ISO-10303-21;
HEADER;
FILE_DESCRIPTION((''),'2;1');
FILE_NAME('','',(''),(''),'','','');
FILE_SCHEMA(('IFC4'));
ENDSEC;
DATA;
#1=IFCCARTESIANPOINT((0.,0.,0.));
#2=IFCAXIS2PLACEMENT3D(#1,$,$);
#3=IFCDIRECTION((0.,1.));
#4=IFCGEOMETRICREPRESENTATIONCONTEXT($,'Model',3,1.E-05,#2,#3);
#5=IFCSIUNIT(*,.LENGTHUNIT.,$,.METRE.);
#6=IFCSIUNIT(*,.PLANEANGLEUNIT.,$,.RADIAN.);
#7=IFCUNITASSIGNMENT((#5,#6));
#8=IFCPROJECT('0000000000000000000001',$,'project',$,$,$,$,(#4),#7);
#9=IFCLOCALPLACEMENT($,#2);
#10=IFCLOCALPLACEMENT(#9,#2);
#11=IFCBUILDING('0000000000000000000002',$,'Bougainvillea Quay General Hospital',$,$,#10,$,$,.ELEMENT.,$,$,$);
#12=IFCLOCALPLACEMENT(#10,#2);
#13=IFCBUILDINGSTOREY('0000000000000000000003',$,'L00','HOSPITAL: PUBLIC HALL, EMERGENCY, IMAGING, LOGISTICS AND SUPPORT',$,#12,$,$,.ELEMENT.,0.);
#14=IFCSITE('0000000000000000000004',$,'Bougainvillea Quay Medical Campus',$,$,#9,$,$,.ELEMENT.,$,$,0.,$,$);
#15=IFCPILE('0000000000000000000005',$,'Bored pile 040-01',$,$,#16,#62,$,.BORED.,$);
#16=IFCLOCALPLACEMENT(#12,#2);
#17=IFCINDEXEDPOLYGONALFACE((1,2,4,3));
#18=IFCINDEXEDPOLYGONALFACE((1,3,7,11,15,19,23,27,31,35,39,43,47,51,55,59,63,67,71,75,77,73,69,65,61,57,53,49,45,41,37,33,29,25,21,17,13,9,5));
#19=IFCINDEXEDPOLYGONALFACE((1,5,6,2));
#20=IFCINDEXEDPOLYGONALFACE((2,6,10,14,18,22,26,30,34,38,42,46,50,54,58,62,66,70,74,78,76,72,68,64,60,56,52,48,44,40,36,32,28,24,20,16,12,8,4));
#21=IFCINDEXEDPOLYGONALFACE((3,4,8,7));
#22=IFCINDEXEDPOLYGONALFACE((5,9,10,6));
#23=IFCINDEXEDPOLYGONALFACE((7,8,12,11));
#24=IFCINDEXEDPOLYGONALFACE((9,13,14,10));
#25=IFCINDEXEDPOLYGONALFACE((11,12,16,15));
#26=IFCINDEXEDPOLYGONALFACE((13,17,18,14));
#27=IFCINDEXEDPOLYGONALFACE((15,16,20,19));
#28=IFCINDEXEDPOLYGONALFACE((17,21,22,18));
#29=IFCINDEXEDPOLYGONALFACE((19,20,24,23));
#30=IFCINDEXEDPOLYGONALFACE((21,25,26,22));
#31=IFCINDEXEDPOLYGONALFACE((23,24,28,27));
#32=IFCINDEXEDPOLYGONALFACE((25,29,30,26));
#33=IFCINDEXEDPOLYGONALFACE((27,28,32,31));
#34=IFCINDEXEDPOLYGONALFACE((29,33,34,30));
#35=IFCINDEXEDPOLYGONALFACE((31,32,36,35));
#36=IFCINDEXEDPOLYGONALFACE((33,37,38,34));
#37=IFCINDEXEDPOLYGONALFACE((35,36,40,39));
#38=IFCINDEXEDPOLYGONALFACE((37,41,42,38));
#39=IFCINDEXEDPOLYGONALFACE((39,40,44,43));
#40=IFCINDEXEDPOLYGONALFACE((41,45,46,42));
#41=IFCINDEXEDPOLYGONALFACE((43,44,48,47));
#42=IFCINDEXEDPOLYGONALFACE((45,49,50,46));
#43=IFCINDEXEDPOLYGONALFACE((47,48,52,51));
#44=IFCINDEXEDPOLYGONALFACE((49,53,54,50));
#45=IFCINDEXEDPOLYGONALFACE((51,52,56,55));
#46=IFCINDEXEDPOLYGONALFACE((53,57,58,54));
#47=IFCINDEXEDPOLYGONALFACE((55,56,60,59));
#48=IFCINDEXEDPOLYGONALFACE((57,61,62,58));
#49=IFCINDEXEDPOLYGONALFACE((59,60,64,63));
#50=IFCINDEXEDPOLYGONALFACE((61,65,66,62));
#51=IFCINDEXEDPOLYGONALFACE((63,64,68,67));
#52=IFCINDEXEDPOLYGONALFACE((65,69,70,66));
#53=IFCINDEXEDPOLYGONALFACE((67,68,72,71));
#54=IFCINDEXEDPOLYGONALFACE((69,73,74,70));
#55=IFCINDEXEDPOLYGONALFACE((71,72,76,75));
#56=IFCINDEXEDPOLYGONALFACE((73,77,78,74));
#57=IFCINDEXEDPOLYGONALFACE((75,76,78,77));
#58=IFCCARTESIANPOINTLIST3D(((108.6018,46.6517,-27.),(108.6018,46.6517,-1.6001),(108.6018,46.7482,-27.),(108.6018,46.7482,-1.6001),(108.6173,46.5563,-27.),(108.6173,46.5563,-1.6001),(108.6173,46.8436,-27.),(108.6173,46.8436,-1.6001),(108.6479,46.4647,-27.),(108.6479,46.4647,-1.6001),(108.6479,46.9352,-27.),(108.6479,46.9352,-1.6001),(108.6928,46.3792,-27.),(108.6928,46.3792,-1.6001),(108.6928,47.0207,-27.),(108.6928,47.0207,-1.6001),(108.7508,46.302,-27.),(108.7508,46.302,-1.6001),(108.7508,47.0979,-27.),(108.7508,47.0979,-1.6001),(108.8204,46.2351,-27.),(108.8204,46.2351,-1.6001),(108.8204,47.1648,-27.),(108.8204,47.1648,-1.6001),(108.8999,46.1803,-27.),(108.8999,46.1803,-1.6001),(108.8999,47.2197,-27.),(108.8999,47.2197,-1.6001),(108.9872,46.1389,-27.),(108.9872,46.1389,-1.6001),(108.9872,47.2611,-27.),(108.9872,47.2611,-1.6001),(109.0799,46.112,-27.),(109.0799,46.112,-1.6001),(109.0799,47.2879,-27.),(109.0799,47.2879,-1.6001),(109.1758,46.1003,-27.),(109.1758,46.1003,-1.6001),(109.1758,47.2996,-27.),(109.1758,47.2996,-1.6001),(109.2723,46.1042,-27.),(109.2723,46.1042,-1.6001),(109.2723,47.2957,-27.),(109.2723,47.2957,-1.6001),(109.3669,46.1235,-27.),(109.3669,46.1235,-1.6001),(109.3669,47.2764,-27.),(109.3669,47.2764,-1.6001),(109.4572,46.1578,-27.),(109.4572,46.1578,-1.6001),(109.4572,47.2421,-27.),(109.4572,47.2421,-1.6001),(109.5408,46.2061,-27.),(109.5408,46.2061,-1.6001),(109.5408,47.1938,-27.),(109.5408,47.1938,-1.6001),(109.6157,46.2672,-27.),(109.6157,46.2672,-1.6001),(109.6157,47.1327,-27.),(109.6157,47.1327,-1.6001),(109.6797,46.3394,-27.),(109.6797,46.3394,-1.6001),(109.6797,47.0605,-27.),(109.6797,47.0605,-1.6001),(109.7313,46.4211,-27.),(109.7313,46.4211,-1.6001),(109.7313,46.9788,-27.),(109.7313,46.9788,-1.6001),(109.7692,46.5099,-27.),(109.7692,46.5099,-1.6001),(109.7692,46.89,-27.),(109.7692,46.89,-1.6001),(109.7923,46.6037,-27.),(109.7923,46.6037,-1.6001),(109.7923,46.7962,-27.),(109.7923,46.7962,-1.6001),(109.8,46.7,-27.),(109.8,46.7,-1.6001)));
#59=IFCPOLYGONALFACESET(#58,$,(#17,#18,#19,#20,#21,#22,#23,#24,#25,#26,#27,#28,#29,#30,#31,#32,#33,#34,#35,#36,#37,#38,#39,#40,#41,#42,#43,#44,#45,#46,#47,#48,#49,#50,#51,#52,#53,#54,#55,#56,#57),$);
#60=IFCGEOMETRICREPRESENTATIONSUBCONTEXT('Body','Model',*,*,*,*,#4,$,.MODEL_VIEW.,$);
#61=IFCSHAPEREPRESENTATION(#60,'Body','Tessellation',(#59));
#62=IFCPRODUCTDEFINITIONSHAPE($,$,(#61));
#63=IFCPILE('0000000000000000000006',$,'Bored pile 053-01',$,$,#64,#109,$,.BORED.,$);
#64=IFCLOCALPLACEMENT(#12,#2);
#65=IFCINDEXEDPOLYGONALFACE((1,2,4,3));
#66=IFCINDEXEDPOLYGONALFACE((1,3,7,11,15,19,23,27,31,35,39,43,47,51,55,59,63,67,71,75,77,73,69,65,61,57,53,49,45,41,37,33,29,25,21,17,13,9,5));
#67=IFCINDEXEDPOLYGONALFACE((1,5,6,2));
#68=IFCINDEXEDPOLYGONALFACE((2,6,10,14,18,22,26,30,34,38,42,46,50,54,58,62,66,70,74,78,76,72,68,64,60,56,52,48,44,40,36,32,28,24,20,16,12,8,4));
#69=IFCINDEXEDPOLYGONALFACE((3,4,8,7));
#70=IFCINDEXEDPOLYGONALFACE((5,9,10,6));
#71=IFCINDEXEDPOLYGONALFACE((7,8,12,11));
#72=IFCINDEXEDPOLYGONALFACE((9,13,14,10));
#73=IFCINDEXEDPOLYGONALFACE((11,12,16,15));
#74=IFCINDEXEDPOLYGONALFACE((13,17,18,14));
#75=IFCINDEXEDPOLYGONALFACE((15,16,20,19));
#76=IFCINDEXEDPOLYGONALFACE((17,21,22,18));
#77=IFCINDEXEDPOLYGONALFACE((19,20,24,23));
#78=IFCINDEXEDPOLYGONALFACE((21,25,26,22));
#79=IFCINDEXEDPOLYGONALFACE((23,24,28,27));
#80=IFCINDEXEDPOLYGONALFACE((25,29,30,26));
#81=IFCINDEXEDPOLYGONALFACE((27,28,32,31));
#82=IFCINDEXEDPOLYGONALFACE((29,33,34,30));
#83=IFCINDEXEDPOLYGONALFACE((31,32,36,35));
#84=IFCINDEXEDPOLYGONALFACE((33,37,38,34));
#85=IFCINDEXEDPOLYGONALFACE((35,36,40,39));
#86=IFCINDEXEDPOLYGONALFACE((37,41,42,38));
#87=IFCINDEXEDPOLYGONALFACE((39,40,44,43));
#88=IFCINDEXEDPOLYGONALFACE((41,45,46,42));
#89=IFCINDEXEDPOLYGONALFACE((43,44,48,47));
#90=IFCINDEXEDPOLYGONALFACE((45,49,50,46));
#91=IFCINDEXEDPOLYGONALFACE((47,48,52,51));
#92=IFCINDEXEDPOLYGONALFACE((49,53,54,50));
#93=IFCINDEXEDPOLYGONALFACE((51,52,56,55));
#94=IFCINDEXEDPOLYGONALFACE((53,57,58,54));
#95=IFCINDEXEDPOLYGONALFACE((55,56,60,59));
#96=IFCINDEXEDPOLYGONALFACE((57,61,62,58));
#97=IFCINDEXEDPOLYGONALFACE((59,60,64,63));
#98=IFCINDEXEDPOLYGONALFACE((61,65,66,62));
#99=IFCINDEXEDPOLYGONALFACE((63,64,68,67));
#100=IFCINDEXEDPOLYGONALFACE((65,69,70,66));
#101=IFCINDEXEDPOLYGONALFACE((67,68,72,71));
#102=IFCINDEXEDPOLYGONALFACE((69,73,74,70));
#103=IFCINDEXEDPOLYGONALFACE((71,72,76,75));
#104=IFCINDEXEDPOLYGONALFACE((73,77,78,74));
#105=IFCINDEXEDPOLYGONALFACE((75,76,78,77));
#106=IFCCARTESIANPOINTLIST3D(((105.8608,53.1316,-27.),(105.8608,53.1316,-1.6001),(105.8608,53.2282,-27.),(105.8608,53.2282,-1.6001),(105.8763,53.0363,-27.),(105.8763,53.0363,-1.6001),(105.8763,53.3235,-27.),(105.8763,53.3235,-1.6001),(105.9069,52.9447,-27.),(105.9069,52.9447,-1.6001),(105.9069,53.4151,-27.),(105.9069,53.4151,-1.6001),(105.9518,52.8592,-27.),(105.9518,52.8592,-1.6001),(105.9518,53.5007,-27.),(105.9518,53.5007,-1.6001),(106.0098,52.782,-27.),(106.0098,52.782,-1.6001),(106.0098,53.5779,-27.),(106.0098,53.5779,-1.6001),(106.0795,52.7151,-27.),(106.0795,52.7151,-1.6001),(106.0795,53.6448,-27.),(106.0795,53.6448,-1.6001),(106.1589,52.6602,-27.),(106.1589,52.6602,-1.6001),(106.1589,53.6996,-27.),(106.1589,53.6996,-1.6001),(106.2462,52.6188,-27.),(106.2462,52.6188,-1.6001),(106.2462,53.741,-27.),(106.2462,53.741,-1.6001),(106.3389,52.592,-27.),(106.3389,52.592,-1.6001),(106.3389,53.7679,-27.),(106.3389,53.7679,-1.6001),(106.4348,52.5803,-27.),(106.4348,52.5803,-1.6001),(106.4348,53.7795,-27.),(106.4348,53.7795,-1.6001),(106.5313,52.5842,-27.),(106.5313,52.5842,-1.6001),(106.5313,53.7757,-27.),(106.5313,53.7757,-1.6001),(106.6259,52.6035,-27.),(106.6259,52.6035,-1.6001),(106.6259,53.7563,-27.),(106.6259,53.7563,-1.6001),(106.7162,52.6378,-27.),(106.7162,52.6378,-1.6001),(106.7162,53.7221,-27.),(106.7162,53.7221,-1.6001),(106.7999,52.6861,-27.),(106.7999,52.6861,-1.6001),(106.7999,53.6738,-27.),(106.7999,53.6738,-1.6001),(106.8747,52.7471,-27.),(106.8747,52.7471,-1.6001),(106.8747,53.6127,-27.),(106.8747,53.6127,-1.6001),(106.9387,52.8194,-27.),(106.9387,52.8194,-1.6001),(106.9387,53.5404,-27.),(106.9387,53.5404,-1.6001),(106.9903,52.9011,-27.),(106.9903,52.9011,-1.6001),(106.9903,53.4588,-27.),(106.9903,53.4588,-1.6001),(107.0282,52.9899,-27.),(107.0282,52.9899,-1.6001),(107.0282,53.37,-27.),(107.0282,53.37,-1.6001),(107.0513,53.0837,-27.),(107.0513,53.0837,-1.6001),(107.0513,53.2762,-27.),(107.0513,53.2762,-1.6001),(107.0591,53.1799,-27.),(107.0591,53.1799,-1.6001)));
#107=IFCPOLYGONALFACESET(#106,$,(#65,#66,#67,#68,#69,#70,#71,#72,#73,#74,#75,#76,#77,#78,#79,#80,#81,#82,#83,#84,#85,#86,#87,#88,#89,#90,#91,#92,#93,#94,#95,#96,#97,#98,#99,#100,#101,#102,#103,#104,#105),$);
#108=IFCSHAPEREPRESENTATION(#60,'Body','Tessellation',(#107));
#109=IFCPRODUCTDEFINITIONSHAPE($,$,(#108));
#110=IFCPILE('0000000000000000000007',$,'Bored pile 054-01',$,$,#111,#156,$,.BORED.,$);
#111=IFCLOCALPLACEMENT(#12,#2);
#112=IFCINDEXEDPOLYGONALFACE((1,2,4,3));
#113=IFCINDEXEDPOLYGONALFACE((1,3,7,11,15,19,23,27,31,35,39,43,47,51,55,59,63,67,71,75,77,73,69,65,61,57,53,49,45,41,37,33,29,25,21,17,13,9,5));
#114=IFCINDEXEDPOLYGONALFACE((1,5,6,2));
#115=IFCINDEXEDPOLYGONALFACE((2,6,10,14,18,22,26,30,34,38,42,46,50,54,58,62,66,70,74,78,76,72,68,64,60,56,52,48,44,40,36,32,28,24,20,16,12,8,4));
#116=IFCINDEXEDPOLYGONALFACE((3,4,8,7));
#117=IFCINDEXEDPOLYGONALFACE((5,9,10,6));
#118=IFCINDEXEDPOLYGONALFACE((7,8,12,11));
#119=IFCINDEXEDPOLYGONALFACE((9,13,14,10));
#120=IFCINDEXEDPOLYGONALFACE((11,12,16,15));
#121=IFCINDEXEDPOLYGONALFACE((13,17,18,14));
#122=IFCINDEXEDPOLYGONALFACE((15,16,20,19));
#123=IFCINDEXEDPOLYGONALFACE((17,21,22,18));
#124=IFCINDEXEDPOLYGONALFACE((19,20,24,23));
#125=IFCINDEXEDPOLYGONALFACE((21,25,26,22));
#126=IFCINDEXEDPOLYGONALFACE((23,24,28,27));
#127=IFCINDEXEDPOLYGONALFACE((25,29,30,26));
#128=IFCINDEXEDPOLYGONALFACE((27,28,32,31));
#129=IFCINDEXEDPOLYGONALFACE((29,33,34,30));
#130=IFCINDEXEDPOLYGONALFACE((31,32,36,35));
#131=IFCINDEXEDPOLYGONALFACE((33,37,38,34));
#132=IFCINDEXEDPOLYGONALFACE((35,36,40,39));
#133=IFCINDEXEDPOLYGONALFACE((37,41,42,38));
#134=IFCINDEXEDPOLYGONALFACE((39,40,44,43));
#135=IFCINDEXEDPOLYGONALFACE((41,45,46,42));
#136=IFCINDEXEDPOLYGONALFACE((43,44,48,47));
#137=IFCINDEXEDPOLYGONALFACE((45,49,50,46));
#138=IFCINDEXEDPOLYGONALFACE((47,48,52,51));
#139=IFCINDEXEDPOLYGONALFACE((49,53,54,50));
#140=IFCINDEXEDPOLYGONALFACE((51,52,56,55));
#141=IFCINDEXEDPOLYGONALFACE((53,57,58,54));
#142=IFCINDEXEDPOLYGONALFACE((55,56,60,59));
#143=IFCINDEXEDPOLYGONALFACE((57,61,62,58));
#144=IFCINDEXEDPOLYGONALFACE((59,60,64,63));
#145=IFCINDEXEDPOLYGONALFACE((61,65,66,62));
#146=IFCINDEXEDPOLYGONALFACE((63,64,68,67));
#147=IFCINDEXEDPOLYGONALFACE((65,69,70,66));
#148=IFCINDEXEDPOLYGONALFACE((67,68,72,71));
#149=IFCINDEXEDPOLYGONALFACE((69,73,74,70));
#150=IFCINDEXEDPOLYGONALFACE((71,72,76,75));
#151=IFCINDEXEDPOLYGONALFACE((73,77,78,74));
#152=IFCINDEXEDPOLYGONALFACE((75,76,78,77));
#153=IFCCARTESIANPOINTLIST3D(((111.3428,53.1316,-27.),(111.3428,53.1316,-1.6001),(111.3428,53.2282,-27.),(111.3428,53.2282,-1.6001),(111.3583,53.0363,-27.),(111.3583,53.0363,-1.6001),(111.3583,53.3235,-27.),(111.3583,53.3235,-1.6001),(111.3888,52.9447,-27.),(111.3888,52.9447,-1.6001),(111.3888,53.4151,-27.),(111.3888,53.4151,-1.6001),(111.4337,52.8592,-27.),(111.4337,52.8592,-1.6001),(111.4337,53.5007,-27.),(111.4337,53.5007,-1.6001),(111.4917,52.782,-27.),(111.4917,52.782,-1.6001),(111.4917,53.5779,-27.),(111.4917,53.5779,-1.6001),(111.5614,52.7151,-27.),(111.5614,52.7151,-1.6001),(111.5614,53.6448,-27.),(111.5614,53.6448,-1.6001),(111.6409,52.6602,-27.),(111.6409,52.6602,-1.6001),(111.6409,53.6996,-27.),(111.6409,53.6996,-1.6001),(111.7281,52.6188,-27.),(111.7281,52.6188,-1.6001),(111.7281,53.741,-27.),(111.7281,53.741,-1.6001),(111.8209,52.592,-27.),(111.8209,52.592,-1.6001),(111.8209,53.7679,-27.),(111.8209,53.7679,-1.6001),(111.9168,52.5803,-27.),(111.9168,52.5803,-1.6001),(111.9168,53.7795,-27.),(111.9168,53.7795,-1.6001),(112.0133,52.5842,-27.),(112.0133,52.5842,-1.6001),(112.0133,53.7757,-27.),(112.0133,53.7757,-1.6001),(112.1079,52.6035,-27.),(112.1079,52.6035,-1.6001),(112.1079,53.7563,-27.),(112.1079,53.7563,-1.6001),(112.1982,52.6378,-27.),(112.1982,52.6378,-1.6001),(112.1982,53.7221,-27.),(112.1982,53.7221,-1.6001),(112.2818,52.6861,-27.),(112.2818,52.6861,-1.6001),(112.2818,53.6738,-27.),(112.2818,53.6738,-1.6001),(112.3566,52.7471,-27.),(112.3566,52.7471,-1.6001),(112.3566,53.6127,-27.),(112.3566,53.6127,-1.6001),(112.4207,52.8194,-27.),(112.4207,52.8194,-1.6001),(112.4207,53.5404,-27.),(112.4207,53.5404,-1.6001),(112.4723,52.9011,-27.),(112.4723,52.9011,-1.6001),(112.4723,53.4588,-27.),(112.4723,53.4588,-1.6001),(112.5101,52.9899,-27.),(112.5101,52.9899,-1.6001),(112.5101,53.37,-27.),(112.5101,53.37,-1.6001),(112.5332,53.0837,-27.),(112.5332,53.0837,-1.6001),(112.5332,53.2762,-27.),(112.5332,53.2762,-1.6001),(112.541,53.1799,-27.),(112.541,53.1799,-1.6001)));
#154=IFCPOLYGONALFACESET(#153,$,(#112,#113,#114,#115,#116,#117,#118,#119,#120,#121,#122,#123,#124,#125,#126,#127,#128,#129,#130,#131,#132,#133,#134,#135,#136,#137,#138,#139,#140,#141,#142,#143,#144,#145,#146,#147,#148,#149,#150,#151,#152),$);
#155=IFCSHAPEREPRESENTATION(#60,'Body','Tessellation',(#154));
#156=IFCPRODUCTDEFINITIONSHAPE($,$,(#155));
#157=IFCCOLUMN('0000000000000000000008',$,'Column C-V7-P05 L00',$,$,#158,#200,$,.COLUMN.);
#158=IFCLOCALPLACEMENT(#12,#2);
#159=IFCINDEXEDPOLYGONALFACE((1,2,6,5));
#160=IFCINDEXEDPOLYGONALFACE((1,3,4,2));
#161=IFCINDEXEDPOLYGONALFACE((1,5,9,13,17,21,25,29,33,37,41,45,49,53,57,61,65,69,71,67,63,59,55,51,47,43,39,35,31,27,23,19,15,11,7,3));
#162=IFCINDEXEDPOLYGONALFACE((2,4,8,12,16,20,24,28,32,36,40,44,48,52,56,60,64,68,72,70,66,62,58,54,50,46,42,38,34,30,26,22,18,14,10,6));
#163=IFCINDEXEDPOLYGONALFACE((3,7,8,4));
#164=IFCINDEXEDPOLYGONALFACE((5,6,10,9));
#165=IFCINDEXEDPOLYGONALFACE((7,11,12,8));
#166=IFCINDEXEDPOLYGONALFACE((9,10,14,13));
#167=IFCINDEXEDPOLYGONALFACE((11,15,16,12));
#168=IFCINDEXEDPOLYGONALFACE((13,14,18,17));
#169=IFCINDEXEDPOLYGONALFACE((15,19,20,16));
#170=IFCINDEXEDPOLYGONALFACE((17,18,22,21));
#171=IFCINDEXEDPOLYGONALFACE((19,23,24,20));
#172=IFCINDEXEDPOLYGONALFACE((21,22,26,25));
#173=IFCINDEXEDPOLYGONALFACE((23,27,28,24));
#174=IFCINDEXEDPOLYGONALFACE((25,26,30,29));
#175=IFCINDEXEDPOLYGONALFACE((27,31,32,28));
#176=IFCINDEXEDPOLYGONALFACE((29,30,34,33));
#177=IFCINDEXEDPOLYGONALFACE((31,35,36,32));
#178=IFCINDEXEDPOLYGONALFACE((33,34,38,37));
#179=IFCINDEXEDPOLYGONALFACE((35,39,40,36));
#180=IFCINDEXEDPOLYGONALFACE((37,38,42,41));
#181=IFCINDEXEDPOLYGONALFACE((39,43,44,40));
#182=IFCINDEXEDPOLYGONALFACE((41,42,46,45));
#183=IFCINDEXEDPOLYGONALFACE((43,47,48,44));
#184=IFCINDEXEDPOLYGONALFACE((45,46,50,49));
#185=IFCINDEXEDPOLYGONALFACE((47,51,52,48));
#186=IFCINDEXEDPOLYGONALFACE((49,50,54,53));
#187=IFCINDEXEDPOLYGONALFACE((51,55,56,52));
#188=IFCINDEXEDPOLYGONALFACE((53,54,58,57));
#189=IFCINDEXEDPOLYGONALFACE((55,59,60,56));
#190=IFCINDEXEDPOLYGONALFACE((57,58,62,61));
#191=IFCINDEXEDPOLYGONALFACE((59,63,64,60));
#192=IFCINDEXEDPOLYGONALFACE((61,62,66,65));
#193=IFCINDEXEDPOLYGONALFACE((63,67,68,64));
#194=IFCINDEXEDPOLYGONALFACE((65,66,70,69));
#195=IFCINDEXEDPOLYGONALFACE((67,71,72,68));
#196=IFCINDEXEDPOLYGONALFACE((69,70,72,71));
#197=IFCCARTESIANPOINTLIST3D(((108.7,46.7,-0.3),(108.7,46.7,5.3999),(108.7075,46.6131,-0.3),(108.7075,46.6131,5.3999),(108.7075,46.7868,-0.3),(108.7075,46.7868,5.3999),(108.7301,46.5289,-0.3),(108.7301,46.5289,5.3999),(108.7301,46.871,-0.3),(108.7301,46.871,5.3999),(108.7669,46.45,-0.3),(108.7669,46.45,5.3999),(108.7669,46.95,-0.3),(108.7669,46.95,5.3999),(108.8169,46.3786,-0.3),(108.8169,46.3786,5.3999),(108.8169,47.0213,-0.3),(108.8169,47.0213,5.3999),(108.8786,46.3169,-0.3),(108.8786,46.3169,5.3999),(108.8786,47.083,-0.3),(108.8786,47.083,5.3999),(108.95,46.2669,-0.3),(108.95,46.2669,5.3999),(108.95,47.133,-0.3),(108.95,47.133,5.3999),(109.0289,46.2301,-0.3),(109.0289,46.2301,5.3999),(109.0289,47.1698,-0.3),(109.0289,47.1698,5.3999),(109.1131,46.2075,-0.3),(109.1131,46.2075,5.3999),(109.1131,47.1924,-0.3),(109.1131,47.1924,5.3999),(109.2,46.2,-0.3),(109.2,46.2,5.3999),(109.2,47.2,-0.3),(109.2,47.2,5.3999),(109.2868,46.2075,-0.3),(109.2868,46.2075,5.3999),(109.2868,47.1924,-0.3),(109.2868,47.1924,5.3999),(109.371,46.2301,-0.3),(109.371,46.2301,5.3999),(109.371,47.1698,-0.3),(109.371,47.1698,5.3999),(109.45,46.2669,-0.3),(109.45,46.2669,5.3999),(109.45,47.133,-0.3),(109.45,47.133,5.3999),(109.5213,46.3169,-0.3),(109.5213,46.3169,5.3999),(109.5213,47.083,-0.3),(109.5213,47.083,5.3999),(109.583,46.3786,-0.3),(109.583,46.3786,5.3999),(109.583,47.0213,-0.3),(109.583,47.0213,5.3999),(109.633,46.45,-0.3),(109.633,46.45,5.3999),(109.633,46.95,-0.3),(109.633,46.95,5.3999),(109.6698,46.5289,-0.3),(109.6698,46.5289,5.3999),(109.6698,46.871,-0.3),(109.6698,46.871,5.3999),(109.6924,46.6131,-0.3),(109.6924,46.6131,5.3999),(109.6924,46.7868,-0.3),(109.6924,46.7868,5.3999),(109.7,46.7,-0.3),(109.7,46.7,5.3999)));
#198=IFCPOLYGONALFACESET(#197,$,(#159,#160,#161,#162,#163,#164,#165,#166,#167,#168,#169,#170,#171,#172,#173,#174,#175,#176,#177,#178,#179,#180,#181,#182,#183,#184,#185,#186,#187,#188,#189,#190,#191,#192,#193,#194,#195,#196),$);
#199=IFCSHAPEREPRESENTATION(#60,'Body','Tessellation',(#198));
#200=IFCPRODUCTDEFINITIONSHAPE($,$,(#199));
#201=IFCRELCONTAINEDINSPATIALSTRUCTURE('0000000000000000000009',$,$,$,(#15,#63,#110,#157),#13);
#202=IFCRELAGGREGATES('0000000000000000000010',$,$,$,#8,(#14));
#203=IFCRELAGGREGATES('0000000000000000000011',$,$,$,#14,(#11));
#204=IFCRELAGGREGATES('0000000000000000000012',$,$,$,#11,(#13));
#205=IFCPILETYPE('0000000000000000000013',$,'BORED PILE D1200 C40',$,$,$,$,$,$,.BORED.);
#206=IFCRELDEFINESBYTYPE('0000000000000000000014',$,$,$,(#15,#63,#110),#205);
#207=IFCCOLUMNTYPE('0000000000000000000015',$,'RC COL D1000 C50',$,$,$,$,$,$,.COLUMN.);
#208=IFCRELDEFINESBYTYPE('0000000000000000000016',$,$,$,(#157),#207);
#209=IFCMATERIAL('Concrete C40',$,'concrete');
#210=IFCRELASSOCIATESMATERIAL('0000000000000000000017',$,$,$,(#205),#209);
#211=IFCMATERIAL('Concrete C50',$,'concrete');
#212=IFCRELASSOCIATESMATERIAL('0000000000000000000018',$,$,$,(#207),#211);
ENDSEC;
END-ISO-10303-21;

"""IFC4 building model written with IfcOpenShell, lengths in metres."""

from ifc_helpers import new_model, si_unit, direction, frame, origin, origin_2d, place, context, subcontext, project, spatial, circle, extrude, material, material_profile, profile_set, type_object, element, save


model = new_model("IFC4")

# Units and contexts
model_context = context("Model", 3, precision=1e-05, world=origin(), true_north=direction((0.0, 1.0)))
body_context = subcontext(model_context, "Body", "Model", "MODEL_VIEW")
ifc_project = project(units=[si_unit("LENGTHUNIT", "METRE"), si_unit("PLANEANGLEUNIT", "RADIAN")], contexts=[model_context])

# Site, building, storey
site_placement = place(None, origin())
site = spatial("IfcSite", under=ifc_project, at=site_placement, Name="Bougainvillea Quay Medical Campus", CompositionType="ELEMENT", RefElevation=0.0)
building_placement = place(site_placement, origin())
building = spatial("IfcBuilding", under=site, at=building_placement, Name="Bougainvillea Quay General Hospital", CompositionType="ELEMENT")
storey_placement = place(building_placement, origin())
storey = spatial("IfcBuildingStorey", under=building, at=storey_placement, Name="L00", Description="HOSPITAL: PUBLIC HALL, EMERGENCY, IMAGING, LOGISTICS AND SUPPORT", CompositionType="ELEMENT", Elevation=0.0)

# Piles
ifc_material_1 = material(Name="Concrete C40", Category="concrete")
ifc_material_profile_1 = material_profile(ifc_material_1, circle(Radius=0.6001, at=origin_2d()))
ifc_profile_set_1 = profile_set([ifc_material_profile_1], Name="Concrete C40")
pile_type = type_object("IfcPileType", Name="BORED PILE D1200 C40", PredefinedType="BORED", material=ifc_profile_set_1)
for number, where, z_axis, x_axis, name in (
    (1, (109.2, 46.7, -1.6001), (0.0, 0.0, -1.0), (1.0, 0.0, 0.0), "Bored pile 040-01"),
    (2, (106.459, 53.1799, -1.6001), (0.0, 0.0, -1.0), (1.0, 0.0, 0.0), "Bored pile 053-01"),
    (3, (111.9409, 53.1799, -1.6001), (0.0, 0.0, -1.0), (1.0, 0.0, 0.0), "Bored pile 054-01"),
):
    element("IfcPile", number, at=place(storey_placement, frame(where, z_axis=z_axis, x_axis=x_axis)), inside=storey, type_object=pile_type, Name=name, PredefinedType="BORED", context=body_context, shape_type="SweptSolid", body=[
        extrude(circle(Radius=0.6001, at=origin_2d()), origin(), (0.0, 0.0, 1.0), 25.3999),
    ])

# Column
ifc_material_2 = material(Name="Concrete C50", Category="concrete")
ifc_material_profile_2 = material_profile(ifc_material_2, circle(Radius=0.5, at=origin_2d()))
ifc_profile_set_2 = profile_set([ifc_material_profile_2], Name="Concrete C50")
column_type_1 = type_object("IfcColumnType", Name="RC COL D1000 C50", PredefinedType="COLUMN", material=ifc_profile_set_2)
column_placement = place(storey_placement, frame((109.2, 46.7, -0.3), z_axis=(0.0, 0.0, 1.0), x_axis=(1.0, 0.0, 0.0)))
element("IfcColumn", 4, at=column_placement, inside=storey, type_object=column_type_1, Name="Column C-V7-P05 L00", PredefinedType="COLUMN", context=body_context, shape_type="SweptSolid", body=[
    extrude(circle(Radius=0.5, at=origin_2d()), origin(), (0.0, 0.0, 1.0), 5.7),
])

save(model, "model.ifc")
